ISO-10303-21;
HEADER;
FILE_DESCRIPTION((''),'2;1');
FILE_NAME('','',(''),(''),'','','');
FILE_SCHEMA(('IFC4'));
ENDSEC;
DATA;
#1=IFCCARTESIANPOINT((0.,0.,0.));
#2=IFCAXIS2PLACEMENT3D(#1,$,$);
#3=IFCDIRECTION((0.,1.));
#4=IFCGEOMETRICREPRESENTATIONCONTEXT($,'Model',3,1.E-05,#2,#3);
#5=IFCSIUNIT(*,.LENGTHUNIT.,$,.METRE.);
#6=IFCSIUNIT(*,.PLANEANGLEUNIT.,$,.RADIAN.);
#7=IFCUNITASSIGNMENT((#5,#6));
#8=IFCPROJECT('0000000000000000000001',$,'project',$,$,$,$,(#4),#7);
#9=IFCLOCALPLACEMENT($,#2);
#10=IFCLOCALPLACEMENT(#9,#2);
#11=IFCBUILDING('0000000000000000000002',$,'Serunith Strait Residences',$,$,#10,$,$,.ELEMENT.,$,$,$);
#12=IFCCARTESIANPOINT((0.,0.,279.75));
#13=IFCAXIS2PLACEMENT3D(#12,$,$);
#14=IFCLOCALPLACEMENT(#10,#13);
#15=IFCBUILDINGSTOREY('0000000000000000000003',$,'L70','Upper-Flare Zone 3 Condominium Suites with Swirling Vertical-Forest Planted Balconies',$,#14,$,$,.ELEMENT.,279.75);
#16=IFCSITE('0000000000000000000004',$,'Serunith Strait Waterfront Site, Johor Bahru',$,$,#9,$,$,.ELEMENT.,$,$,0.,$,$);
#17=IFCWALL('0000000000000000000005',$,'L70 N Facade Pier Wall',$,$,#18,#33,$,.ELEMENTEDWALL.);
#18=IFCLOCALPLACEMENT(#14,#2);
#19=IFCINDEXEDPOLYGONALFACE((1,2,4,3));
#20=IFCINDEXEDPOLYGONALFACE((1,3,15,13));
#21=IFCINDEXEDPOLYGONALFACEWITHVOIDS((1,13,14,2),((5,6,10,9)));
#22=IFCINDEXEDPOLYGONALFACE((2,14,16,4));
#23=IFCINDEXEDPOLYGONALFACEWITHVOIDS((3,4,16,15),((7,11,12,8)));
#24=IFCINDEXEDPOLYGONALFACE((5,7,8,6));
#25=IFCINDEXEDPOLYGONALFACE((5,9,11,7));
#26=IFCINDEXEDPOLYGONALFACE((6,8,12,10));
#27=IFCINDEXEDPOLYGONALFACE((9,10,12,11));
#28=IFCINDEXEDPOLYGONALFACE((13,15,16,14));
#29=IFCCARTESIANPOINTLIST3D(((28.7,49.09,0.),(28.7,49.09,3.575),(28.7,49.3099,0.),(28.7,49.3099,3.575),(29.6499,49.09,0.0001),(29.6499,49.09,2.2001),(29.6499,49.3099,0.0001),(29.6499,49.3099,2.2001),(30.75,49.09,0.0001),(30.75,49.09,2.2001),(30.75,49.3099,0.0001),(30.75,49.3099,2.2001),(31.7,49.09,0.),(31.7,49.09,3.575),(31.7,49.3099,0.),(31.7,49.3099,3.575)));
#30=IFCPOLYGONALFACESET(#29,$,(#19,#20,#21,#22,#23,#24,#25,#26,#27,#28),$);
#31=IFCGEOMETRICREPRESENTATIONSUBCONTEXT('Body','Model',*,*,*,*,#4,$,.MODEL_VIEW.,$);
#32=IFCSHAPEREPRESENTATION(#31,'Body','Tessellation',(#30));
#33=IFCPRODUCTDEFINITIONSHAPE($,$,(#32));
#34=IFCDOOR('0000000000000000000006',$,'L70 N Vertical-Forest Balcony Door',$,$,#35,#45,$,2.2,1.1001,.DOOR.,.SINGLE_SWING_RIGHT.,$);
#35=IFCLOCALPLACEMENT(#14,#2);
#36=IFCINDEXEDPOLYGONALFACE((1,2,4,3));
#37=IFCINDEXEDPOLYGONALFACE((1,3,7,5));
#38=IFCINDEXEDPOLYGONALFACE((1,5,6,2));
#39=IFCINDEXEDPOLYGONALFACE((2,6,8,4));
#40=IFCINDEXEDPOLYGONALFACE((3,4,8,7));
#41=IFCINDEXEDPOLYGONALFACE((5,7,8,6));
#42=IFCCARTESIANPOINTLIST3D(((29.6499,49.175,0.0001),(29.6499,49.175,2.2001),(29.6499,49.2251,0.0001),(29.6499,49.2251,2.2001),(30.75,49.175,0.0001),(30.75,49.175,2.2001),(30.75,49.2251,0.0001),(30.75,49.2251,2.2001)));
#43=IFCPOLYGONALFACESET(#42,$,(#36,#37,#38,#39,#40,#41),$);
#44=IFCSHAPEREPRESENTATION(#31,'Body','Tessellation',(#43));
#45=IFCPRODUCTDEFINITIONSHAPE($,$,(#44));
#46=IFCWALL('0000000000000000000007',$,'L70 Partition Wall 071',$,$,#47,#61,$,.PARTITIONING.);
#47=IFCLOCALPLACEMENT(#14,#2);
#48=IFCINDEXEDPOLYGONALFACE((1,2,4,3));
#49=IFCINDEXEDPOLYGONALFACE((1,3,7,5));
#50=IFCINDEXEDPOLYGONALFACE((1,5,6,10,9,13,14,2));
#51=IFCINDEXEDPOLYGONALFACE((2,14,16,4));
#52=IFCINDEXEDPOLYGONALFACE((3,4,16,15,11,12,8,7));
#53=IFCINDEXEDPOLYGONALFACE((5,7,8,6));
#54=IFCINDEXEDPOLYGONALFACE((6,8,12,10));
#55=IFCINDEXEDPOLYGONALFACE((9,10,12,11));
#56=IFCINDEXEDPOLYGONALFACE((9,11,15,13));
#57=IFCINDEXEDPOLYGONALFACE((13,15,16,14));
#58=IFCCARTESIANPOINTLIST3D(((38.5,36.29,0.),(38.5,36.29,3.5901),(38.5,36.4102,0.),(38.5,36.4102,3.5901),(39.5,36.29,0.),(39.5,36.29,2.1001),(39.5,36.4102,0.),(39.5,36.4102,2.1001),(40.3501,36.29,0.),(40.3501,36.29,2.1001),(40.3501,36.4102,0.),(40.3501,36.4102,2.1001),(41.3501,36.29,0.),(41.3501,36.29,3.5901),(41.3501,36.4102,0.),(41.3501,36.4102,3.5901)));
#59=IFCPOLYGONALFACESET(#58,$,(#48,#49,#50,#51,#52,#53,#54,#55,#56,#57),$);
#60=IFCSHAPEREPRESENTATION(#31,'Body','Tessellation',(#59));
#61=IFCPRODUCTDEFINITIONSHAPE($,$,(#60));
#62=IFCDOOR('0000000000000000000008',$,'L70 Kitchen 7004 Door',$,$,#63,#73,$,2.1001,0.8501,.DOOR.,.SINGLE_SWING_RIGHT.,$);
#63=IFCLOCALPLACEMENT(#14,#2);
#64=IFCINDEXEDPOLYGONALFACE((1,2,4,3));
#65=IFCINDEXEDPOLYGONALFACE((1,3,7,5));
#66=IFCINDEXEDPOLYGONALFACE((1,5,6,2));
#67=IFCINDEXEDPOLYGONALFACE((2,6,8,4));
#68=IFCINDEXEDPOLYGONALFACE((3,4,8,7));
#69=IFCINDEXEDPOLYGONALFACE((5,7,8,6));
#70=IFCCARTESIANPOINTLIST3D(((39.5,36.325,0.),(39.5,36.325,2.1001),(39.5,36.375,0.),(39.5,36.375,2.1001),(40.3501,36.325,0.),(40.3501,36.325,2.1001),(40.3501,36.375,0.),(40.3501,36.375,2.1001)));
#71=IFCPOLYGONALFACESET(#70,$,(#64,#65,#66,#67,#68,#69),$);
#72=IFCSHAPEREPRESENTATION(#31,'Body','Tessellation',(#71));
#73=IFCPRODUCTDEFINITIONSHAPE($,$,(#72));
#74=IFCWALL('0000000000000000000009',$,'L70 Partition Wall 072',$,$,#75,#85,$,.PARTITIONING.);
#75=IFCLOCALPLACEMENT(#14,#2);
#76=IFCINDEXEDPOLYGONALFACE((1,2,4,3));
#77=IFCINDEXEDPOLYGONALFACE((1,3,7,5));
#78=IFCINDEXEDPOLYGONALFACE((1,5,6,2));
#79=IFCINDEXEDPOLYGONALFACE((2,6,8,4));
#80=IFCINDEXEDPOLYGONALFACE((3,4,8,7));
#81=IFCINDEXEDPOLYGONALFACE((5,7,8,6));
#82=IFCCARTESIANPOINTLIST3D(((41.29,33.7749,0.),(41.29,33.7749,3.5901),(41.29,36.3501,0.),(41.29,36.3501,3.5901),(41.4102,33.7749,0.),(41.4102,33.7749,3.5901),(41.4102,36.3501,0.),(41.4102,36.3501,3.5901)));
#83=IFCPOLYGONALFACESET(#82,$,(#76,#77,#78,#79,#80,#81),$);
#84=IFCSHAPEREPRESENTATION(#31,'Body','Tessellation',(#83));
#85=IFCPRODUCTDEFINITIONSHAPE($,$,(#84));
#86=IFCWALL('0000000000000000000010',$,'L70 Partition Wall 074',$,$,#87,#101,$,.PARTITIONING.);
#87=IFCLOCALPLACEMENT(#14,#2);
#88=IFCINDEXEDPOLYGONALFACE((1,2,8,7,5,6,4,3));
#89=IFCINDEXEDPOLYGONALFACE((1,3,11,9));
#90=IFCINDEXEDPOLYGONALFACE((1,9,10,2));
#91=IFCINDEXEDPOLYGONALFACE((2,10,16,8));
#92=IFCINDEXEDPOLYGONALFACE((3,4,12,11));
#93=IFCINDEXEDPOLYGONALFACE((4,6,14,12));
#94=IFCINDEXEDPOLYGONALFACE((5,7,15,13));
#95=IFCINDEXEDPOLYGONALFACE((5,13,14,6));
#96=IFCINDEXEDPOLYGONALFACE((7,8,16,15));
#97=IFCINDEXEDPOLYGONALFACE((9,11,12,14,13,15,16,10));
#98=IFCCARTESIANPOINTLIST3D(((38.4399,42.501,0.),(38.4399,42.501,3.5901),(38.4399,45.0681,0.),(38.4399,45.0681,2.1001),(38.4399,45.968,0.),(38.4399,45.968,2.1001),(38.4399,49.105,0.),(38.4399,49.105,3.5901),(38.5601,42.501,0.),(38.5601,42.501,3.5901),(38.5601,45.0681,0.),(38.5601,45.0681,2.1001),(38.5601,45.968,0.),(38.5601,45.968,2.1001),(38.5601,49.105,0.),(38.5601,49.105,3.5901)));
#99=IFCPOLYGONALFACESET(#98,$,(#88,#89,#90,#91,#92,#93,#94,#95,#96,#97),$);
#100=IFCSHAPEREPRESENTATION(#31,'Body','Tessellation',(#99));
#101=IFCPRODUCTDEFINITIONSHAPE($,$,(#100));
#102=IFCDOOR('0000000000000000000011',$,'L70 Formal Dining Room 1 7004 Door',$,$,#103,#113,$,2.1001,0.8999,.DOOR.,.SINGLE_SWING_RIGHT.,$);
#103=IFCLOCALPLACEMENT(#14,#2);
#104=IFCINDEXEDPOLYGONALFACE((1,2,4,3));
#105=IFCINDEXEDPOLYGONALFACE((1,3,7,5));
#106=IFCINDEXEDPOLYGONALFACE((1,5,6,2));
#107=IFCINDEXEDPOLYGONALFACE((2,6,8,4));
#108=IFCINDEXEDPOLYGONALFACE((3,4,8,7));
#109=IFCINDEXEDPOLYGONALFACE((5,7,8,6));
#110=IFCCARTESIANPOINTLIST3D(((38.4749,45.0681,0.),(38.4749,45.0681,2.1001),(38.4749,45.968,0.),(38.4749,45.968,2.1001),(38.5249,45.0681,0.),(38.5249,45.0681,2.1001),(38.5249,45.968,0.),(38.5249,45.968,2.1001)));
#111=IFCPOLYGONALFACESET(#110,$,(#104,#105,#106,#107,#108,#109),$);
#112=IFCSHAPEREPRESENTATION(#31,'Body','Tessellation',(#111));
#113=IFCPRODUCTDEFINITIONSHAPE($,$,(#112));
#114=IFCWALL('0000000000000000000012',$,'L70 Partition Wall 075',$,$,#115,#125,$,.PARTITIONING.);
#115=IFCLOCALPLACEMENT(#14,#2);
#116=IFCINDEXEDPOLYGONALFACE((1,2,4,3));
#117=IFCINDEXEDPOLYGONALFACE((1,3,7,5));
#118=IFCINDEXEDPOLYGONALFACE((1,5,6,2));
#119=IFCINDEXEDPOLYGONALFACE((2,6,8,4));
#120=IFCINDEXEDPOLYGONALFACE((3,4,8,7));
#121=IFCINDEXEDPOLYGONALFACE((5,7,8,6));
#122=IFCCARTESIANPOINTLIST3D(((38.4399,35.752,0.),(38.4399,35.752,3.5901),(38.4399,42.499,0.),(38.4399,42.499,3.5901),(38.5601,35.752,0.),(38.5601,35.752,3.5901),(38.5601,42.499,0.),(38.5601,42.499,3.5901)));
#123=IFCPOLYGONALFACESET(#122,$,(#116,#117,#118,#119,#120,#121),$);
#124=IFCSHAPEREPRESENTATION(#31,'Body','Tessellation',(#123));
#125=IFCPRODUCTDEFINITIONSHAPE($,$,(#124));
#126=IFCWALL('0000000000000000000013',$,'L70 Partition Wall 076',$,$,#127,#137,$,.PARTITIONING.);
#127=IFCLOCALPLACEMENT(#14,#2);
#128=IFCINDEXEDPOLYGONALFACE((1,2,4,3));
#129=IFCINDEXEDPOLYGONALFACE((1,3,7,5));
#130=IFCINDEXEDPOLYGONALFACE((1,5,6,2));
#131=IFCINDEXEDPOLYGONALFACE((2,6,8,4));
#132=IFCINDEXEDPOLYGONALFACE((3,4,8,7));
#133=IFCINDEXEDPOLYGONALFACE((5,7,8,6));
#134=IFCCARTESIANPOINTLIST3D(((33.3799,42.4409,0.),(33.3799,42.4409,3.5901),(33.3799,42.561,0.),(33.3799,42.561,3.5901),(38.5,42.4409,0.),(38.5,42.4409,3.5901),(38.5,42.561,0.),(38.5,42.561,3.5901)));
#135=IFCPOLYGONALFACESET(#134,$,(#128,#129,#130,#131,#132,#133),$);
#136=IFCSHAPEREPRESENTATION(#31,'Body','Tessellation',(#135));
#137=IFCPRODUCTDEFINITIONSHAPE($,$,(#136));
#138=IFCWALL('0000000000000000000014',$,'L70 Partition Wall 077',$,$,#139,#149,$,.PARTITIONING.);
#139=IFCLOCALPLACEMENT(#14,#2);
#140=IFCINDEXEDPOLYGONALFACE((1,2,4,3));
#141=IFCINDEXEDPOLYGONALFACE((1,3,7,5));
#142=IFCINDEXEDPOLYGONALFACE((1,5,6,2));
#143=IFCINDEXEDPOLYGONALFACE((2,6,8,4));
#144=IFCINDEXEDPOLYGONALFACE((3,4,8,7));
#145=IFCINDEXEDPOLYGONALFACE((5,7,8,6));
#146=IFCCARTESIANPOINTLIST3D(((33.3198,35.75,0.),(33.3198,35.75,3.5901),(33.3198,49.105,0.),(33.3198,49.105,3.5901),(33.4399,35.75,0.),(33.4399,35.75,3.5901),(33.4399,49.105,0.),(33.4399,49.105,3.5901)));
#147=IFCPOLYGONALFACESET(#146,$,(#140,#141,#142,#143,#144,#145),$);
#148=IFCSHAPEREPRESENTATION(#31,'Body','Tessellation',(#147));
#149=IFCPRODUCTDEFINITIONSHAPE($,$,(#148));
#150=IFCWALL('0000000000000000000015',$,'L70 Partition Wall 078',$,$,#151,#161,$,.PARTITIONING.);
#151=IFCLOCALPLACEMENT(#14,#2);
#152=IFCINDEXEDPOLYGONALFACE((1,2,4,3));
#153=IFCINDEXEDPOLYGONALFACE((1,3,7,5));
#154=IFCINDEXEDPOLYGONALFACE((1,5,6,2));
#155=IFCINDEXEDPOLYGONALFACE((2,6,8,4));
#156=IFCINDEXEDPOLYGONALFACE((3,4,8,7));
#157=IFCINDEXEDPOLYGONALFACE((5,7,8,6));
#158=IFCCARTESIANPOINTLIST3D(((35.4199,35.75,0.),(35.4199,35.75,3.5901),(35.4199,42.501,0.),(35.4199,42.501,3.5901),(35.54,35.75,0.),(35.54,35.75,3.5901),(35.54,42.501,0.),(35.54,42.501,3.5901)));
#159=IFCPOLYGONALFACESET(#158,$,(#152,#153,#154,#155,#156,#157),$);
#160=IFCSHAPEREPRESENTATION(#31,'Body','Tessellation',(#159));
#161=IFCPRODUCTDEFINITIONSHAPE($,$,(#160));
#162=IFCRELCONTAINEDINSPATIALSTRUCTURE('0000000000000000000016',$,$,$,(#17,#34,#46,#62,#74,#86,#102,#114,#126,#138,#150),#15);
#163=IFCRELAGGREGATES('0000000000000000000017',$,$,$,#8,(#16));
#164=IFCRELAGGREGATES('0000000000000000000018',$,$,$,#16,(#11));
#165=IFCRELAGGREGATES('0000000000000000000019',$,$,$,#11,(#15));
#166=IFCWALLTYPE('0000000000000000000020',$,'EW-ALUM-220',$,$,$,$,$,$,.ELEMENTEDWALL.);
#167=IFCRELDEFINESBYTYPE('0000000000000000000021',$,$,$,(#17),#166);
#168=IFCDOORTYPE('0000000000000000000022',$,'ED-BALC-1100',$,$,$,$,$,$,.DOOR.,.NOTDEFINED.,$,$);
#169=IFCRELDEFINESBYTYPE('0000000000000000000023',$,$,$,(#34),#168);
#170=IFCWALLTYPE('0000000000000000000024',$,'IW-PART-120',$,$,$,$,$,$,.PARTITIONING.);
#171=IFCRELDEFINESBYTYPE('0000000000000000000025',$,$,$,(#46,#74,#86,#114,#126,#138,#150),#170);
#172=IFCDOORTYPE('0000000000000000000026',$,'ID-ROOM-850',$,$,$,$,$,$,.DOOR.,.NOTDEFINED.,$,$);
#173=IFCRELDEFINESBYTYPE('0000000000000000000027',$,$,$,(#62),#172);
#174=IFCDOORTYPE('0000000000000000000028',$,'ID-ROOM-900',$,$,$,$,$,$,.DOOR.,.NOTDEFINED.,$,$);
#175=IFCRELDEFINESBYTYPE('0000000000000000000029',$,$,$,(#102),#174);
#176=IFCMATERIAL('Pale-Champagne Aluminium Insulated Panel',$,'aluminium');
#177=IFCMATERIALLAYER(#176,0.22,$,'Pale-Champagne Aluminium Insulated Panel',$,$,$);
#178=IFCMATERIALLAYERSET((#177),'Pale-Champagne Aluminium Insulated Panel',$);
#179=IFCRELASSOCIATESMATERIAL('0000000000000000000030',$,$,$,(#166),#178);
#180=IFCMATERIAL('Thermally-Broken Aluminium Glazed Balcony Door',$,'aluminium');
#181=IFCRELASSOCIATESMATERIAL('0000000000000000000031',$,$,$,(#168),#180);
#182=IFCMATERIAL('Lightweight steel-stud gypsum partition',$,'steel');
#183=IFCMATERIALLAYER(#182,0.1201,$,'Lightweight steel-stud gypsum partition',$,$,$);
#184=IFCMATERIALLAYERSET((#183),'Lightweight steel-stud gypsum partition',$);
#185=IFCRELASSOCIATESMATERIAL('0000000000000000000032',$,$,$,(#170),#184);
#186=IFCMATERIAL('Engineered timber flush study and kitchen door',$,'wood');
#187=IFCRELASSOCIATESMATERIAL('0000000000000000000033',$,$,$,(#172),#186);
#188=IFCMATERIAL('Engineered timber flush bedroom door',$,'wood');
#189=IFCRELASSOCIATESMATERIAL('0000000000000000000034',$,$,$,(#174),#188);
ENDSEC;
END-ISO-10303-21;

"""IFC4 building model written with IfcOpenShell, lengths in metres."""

from ifc_helpers import new_model, si_unit, direction, frame, frame_2d, origin, place, context, subcontext, project, spatial, rectangle, extrude, source, transform, mapped, material, layer, layer_set, type_object, element, fill, save


model = new_model("IFC4")

# Units and contexts
model_context = context("Model", 3, precision=1e-05, world=origin(), true_north=direction((0.0, 1.0)))
body_context = subcontext(model_context, "Body", "Model", "MODEL_VIEW")
ifc_project = project(units=[si_unit("LENGTHUNIT", "METRE"), si_unit("PLANEANGLEUNIT", "RADIAN")], contexts=[model_context])

# Site, building, storey
site_placement = place(None, origin())
site = spatial("IfcSite", under=ifc_project, at=site_placement, Name="Serunith Strait Waterfront Site, Johor Bahru", CompositionType="ELEMENT", RefElevation=0.0)
building_placement = place(site_placement, origin())
building = spatial("IfcBuilding", under=site, at=building_placement, Name="Serunith Strait Residences", CompositionType="ELEMENT")
storey_placement = place(building_placement, frame((0.0, 0.0, 279.75)))
storey = spatial("IfcBuildingStorey", under=building, at=storey_placement, Name="L70", Description="Upper-Flare Zone 3 Condominium Suites with Swirling Vertical-Forest Planted Balconies", CompositionType="ELEMENT", Elevation=279.75)

# Walls, openings, doors
ifc_material_1 = material(Name="Pale-Champagne Aluminium Insulated Panel", Category="aluminium")
ifc_layer_1 = layer(ifc_material_1, 0.22, Name="Pale-Champagne Aluminium Insulated Panel")
ifc_layer_set_1 = layer_set([ifc_layer_1], Name="Pale-Champagne Aluminium Insulated Panel")
wall_type_1 = type_object("IfcWallType", Name="EW-ALUM-220", PredefinedType="ELEMENTEDWALL", material=ifc_layer_set_1)
wall_1_placement = place(storey_placement, frame((31.7, 49.2, 0.0), z_axis=(0.0, 0.0, 1.0), x_axis=(-1.0, 0.0, 0.0)))
wall_1 = element("IfcWall", 1, at=wall_1_placement, inside=storey, type_object=wall_type_1, Name="L70 N Facade Pier Wall", PredefinedType="ELEMENTEDWALL", context=body_context, shape_type="SweptSolid", body=[
    extrude(rectangle(XDim=3.0, YDim=0.22, at=frame_2d((1.5, 0.0))), origin(), (0.0, 0.0, 1.0), 3.575),
])
opening_1_placement = place(wall_1_placement, frame((0.95, 0.0, 0.0)))
opening_1 = element("IfcOpeningElement", 2, at=opening_1_placement, cuts=wall_1, PredefinedType="OPENING", context=body_context, shape_type="SweptSolid", body=[
    extrude(rectangle(XDim=1.1001, YDim=2.2, at=frame_2d((0.55, 1.1001))), frame((0.0, 0.1201, 0.0), z_axis=(0.0, -1.0, 0.0), x_axis=(1.0, 0.0, 0.0)), (0.0, 0.0, 1.0), 0.24),
])
ifc_material_2 = material(Name="Thermally-Broken Aluminium Glazed Balcony Door", Category="aluminium")
door_type_1 = type_object("IfcDoorType", Name="ED-BALC-1100", OperationType="NOTDEFINED", PredefinedType="DOOR", material=ifc_material_2)
shared_shape_1 = source(origin(), body_context, "Body", "SweptSolid", [
    extrude(rectangle(XDim=1.1001, YDim=2.2, at=frame_2d((0.55, 1.1001))), frame((0.0, 0.0249, 0.0), z_axis=(0.0, -1.0, 0.0), x_axis=(1.0, 0.0, 0.0)), (0.0, 0.0, 1.0), 0.05),
])
door_1_placement = place(opening_1_placement, origin())
door_1 = element("IfcDoor", 3, at=door_1_placement, inside=storey, type_object=door_type_1, Name="L70 N Vertical-Forest Balcony Door", OperationType="SINGLE_SWING_RIGHT", OverallHeight=2.2, OverallWidth=1.1001, PredefinedType="DOOR", context=body_context, shape_type="MappedRepresentation", body=[
    mapped(shared_shape_1, transform((0.0, 0.0, 0.0), scale=1.0)),
])
fill(opening_1, door_1)
ifc_material_3 = material(Name="Lightweight steel-stud gypsum partition", Category="steel")
ifc_layer_2 = layer(ifc_material_3, 0.1201, Name="Lightweight steel-stud gypsum partition")
ifc_layer_set_2 = layer_set([ifc_layer_2], Name="Lightweight steel-stud gypsum partition")
wall_type_2 = type_object("IfcWallType", Name="IW-PART-120", PredefinedType="PARTITIONING", material=ifc_layer_set_2)
wall_2_placement = place(storey_placement, frame((38.5, 36.3501, 0.0), z_axis=(0.0, 0.0, 1.0), x_axis=(1.0, 0.0, 0.0)))
wall_2 = element("IfcWall", 4, at=wall_2_placement, inside=storey, type_object=wall_type_2, Name="L70 Partition Wall 071", PredefinedType="PARTITIONING", context=body_context, shape_type="SweptSolid", body=[
    extrude(rectangle(XDim=2.8501, YDim=0.1201, at=frame_2d((1.425, 0.0))), origin(), (0.0, 0.0, 1.0), 3.5901),
])
opening_2_placement = place(wall_2_placement, frame((1.0, 0.0, 0.0)))
opening_2 = element("IfcOpeningElement", 5, at=opening_2_placement, cuts=wall_2, PredefinedType="OPENING", context=body_context, shape_type="SweptSolid", body=[
    extrude(rectangle(XDim=0.8501, YDim=2.1001, at=frame_2d((0.425, 1.05))), frame((0.0, 0.0701, 0.0), z_axis=(0.0, -1.0, 0.0), x_axis=(1.0, 0.0, 0.0)), (0.0, 0.0, 1.0), 0.1401),
])
ifc_material_4 = material(Name="Engineered timber flush study and kitchen door", Category="wood")
door_type_2 = type_object("IfcDoorType", Name="ID-ROOM-850", OperationType="NOTDEFINED", PredefinedType="DOOR", material=ifc_material_4)
shared_shape_2 = source(origin(), body_context, "Body", "SweptSolid", [
    extrude(rectangle(XDim=0.8501, YDim=2.1001, at=frame_2d((0.425, 1.05))), frame((0.0, 0.0249, 0.0), z_axis=(0.0, -1.0, 0.0), x_axis=(1.0, 0.0, 0.0)), (0.0, 0.0, 1.0), 0.05),
])
door_2_placement = place(opening_2_placement, origin())
door_2 = element("IfcDoor", 6, at=door_2_placement, inside=storey, type_object=door_type_2, Name="L70 Kitchen 7004 Door", OperationType="SINGLE_SWING_RIGHT", OverallHeight=2.1001, OverallWidth=0.8501, PredefinedType="DOOR", context=body_context, shape_type="MappedRepresentation", body=[
    mapped(shared_shape_2, transform((0.0, 0.0, 0.0), scale=1.0)),
])
fill(opening_2, door_2)

# Wall
wall_3_placement = place(storey_placement, frame((41.3501, 36.3501, 0.0), z_axis=(0.0, 0.0, 1.0), x_axis=(0.0, -1.0, 0.0)))
element("IfcWall", 7, at=wall_3_placement, inside=storey, type_object=wall_type_2, Name="L70 Partition Wall 072", PredefinedType="PARTITIONING", context=body_context, shape_type="SweptSolid", body=[
    extrude(rectangle(XDim=2.5752, YDim=0.1201, at=frame_2d((1.2876, 0.0))), origin(), (0.0, 0.0, 1.0), 3.5901),
])

# Wall, opening, door
wall_4_placement = place(storey_placement, frame((38.5, 49.105, 0.0), z_axis=(0.0, 0.0, 1.0), x_axis=(0.0, -1.0, 0.0)))
wall_4 = element("IfcWall", 8, at=wall_4_placement, inside=storey, type_object=wall_type_2, Name="L70 Partition Wall 074", PredefinedType="PARTITIONING", context=body_context, shape_type="SweptSolid", body=[
    extrude(rectangle(XDim=6.604, YDim=0.1201, at=frame_2d((3.302, 0.0))), origin(), (0.0, 0.0, 1.0), 3.5901),
])
opening_3_placement = place(wall_4_placement, frame((3.137, 0.0, 0.0)))
opening_3 = element("IfcOpeningElement", 9, at=opening_3_placement, cuts=wall_4, PredefinedType="OPENING", context=body_context, shape_type="SweptSolid", body=[
    extrude(rectangle(XDim=0.8999, YDim=2.1001, at=frame_2d((0.45, 1.05))), frame((0.0, 0.0701, 0.0), z_axis=(0.0, -1.0, 0.0), x_axis=(1.0, 0.0, 0.0)), (0.0, 0.0, 1.0), 0.1401),
])
ifc_material_5 = material(Name="Engineered timber flush bedroom door", Category="wood")
door_type_3 = type_object("IfcDoorType", Name="ID-ROOM-900", OperationType="NOTDEFINED", PredefinedType="DOOR", material=ifc_material_5)
shared_shape_3 = source(origin(), body_context, "Body", "SweptSolid", [
    extrude(rectangle(XDim=0.8999, YDim=2.1001, at=frame_2d((0.45, 1.05))), frame((0.0, 0.0249, 0.0), z_axis=(0.0, -1.0, 0.0), x_axis=(1.0, 0.0, 0.0)), (0.0, 0.0, 1.0), 0.05),
])
door_3_placement = place(opening_3_placement, origin())
door_3 = element("IfcDoor", 10, at=door_3_placement, inside=storey, type_object=door_type_3, Name="L70 Formal Dining Room 1 7004 Door", OperationType="SINGLE_SWING_RIGHT", OverallHeight=2.1001, OverallWidth=0.8999, PredefinedType="DOOR", context=body_context, shape_type="MappedRepresentation", body=[
    mapped(shared_shape_3, transform((0.0, 0.0, 0.0), scale=1.0)),
])
fill(opening_3, door_3)

# Walls
wall_5_placement = place(storey_placement, frame((38.5, 42.499, 0.0), z_axis=(0.0, 0.0, 1.0), x_axis=(0.0, -1.0, 0.0)))
element("IfcWall", 11, at=wall_5_placement, inside=storey, type_object=wall_type_2, Name="L70 Partition Wall 075", PredefinedType="PARTITIONING", context=body_context, shape_type="SweptSolid", body=[
    extrude(rectangle(XDim=6.7471, YDim=0.1201, at=frame_2d((3.3735, 0.0))), origin(), (0.0, 0.0, 1.0), 3.5901),
])
wall_6_placement = place(storey_placement, frame((33.3799, 42.501, 0.0), z_axis=(0.0, 0.0, 1.0), x_axis=(1.0, 0.0, 0.0)))
element("IfcWall", 12, at=wall_6_placement, inside=storey, type_object=wall_type_2, Name="L70 Partition Wall 076", PredefinedType="PARTITIONING", context=body_context, shape_type="SweptSolid", body=[
    extrude(rectangle(XDim=5.1201, YDim=0.1201, at=frame_2d((2.5601, 0.0))), origin(), (0.0, 0.0, 1.0), 3.5901),
])
wall_7_placement = place(storey_placement, frame((33.3799, 49.105, 0.0), z_axis=(0.0, 0.0, 1.0), x_axis=(0.0, -1.0, 0.0)))
element("IfcWall", 13, at=wall_7_placement, inside=storey, type_object=wall_type_2, Name="L70 Partition Wall 077", PredefinedType="PARTITIONING", context=body_context, shape_type="SweptSolid", body=[
    extrude(rectangle(XDim=13.355, YDim=0.1201, at=frame_2d((6.6775, 0.0))), origin(), (0.0, 0.0, 1.0), 3.5901),
])
wall_8_placement = place(storey_placement, frame((35.48, 42.501, 0.0), z_axis=(0.0, 0.0, 1.0), x_axis=(0.0, -1.0, 0.0)))
element("IfcWall", 14, at=wall_8_placement, inside=storey, type_object=wall_type_2, Name="L70 Partition Wall 078", PredefinedType="PARTITIONING", context=body_context, shape_type="SweptSolid", body=[
    extrude(rectangle(XDim=6.751, YDim=0.1201, at=frame_2d((3.3755, 0.0))), origin(), (0.0, 0.0, 1.0), 3.5901),
])

save(model, "model.ifc")
